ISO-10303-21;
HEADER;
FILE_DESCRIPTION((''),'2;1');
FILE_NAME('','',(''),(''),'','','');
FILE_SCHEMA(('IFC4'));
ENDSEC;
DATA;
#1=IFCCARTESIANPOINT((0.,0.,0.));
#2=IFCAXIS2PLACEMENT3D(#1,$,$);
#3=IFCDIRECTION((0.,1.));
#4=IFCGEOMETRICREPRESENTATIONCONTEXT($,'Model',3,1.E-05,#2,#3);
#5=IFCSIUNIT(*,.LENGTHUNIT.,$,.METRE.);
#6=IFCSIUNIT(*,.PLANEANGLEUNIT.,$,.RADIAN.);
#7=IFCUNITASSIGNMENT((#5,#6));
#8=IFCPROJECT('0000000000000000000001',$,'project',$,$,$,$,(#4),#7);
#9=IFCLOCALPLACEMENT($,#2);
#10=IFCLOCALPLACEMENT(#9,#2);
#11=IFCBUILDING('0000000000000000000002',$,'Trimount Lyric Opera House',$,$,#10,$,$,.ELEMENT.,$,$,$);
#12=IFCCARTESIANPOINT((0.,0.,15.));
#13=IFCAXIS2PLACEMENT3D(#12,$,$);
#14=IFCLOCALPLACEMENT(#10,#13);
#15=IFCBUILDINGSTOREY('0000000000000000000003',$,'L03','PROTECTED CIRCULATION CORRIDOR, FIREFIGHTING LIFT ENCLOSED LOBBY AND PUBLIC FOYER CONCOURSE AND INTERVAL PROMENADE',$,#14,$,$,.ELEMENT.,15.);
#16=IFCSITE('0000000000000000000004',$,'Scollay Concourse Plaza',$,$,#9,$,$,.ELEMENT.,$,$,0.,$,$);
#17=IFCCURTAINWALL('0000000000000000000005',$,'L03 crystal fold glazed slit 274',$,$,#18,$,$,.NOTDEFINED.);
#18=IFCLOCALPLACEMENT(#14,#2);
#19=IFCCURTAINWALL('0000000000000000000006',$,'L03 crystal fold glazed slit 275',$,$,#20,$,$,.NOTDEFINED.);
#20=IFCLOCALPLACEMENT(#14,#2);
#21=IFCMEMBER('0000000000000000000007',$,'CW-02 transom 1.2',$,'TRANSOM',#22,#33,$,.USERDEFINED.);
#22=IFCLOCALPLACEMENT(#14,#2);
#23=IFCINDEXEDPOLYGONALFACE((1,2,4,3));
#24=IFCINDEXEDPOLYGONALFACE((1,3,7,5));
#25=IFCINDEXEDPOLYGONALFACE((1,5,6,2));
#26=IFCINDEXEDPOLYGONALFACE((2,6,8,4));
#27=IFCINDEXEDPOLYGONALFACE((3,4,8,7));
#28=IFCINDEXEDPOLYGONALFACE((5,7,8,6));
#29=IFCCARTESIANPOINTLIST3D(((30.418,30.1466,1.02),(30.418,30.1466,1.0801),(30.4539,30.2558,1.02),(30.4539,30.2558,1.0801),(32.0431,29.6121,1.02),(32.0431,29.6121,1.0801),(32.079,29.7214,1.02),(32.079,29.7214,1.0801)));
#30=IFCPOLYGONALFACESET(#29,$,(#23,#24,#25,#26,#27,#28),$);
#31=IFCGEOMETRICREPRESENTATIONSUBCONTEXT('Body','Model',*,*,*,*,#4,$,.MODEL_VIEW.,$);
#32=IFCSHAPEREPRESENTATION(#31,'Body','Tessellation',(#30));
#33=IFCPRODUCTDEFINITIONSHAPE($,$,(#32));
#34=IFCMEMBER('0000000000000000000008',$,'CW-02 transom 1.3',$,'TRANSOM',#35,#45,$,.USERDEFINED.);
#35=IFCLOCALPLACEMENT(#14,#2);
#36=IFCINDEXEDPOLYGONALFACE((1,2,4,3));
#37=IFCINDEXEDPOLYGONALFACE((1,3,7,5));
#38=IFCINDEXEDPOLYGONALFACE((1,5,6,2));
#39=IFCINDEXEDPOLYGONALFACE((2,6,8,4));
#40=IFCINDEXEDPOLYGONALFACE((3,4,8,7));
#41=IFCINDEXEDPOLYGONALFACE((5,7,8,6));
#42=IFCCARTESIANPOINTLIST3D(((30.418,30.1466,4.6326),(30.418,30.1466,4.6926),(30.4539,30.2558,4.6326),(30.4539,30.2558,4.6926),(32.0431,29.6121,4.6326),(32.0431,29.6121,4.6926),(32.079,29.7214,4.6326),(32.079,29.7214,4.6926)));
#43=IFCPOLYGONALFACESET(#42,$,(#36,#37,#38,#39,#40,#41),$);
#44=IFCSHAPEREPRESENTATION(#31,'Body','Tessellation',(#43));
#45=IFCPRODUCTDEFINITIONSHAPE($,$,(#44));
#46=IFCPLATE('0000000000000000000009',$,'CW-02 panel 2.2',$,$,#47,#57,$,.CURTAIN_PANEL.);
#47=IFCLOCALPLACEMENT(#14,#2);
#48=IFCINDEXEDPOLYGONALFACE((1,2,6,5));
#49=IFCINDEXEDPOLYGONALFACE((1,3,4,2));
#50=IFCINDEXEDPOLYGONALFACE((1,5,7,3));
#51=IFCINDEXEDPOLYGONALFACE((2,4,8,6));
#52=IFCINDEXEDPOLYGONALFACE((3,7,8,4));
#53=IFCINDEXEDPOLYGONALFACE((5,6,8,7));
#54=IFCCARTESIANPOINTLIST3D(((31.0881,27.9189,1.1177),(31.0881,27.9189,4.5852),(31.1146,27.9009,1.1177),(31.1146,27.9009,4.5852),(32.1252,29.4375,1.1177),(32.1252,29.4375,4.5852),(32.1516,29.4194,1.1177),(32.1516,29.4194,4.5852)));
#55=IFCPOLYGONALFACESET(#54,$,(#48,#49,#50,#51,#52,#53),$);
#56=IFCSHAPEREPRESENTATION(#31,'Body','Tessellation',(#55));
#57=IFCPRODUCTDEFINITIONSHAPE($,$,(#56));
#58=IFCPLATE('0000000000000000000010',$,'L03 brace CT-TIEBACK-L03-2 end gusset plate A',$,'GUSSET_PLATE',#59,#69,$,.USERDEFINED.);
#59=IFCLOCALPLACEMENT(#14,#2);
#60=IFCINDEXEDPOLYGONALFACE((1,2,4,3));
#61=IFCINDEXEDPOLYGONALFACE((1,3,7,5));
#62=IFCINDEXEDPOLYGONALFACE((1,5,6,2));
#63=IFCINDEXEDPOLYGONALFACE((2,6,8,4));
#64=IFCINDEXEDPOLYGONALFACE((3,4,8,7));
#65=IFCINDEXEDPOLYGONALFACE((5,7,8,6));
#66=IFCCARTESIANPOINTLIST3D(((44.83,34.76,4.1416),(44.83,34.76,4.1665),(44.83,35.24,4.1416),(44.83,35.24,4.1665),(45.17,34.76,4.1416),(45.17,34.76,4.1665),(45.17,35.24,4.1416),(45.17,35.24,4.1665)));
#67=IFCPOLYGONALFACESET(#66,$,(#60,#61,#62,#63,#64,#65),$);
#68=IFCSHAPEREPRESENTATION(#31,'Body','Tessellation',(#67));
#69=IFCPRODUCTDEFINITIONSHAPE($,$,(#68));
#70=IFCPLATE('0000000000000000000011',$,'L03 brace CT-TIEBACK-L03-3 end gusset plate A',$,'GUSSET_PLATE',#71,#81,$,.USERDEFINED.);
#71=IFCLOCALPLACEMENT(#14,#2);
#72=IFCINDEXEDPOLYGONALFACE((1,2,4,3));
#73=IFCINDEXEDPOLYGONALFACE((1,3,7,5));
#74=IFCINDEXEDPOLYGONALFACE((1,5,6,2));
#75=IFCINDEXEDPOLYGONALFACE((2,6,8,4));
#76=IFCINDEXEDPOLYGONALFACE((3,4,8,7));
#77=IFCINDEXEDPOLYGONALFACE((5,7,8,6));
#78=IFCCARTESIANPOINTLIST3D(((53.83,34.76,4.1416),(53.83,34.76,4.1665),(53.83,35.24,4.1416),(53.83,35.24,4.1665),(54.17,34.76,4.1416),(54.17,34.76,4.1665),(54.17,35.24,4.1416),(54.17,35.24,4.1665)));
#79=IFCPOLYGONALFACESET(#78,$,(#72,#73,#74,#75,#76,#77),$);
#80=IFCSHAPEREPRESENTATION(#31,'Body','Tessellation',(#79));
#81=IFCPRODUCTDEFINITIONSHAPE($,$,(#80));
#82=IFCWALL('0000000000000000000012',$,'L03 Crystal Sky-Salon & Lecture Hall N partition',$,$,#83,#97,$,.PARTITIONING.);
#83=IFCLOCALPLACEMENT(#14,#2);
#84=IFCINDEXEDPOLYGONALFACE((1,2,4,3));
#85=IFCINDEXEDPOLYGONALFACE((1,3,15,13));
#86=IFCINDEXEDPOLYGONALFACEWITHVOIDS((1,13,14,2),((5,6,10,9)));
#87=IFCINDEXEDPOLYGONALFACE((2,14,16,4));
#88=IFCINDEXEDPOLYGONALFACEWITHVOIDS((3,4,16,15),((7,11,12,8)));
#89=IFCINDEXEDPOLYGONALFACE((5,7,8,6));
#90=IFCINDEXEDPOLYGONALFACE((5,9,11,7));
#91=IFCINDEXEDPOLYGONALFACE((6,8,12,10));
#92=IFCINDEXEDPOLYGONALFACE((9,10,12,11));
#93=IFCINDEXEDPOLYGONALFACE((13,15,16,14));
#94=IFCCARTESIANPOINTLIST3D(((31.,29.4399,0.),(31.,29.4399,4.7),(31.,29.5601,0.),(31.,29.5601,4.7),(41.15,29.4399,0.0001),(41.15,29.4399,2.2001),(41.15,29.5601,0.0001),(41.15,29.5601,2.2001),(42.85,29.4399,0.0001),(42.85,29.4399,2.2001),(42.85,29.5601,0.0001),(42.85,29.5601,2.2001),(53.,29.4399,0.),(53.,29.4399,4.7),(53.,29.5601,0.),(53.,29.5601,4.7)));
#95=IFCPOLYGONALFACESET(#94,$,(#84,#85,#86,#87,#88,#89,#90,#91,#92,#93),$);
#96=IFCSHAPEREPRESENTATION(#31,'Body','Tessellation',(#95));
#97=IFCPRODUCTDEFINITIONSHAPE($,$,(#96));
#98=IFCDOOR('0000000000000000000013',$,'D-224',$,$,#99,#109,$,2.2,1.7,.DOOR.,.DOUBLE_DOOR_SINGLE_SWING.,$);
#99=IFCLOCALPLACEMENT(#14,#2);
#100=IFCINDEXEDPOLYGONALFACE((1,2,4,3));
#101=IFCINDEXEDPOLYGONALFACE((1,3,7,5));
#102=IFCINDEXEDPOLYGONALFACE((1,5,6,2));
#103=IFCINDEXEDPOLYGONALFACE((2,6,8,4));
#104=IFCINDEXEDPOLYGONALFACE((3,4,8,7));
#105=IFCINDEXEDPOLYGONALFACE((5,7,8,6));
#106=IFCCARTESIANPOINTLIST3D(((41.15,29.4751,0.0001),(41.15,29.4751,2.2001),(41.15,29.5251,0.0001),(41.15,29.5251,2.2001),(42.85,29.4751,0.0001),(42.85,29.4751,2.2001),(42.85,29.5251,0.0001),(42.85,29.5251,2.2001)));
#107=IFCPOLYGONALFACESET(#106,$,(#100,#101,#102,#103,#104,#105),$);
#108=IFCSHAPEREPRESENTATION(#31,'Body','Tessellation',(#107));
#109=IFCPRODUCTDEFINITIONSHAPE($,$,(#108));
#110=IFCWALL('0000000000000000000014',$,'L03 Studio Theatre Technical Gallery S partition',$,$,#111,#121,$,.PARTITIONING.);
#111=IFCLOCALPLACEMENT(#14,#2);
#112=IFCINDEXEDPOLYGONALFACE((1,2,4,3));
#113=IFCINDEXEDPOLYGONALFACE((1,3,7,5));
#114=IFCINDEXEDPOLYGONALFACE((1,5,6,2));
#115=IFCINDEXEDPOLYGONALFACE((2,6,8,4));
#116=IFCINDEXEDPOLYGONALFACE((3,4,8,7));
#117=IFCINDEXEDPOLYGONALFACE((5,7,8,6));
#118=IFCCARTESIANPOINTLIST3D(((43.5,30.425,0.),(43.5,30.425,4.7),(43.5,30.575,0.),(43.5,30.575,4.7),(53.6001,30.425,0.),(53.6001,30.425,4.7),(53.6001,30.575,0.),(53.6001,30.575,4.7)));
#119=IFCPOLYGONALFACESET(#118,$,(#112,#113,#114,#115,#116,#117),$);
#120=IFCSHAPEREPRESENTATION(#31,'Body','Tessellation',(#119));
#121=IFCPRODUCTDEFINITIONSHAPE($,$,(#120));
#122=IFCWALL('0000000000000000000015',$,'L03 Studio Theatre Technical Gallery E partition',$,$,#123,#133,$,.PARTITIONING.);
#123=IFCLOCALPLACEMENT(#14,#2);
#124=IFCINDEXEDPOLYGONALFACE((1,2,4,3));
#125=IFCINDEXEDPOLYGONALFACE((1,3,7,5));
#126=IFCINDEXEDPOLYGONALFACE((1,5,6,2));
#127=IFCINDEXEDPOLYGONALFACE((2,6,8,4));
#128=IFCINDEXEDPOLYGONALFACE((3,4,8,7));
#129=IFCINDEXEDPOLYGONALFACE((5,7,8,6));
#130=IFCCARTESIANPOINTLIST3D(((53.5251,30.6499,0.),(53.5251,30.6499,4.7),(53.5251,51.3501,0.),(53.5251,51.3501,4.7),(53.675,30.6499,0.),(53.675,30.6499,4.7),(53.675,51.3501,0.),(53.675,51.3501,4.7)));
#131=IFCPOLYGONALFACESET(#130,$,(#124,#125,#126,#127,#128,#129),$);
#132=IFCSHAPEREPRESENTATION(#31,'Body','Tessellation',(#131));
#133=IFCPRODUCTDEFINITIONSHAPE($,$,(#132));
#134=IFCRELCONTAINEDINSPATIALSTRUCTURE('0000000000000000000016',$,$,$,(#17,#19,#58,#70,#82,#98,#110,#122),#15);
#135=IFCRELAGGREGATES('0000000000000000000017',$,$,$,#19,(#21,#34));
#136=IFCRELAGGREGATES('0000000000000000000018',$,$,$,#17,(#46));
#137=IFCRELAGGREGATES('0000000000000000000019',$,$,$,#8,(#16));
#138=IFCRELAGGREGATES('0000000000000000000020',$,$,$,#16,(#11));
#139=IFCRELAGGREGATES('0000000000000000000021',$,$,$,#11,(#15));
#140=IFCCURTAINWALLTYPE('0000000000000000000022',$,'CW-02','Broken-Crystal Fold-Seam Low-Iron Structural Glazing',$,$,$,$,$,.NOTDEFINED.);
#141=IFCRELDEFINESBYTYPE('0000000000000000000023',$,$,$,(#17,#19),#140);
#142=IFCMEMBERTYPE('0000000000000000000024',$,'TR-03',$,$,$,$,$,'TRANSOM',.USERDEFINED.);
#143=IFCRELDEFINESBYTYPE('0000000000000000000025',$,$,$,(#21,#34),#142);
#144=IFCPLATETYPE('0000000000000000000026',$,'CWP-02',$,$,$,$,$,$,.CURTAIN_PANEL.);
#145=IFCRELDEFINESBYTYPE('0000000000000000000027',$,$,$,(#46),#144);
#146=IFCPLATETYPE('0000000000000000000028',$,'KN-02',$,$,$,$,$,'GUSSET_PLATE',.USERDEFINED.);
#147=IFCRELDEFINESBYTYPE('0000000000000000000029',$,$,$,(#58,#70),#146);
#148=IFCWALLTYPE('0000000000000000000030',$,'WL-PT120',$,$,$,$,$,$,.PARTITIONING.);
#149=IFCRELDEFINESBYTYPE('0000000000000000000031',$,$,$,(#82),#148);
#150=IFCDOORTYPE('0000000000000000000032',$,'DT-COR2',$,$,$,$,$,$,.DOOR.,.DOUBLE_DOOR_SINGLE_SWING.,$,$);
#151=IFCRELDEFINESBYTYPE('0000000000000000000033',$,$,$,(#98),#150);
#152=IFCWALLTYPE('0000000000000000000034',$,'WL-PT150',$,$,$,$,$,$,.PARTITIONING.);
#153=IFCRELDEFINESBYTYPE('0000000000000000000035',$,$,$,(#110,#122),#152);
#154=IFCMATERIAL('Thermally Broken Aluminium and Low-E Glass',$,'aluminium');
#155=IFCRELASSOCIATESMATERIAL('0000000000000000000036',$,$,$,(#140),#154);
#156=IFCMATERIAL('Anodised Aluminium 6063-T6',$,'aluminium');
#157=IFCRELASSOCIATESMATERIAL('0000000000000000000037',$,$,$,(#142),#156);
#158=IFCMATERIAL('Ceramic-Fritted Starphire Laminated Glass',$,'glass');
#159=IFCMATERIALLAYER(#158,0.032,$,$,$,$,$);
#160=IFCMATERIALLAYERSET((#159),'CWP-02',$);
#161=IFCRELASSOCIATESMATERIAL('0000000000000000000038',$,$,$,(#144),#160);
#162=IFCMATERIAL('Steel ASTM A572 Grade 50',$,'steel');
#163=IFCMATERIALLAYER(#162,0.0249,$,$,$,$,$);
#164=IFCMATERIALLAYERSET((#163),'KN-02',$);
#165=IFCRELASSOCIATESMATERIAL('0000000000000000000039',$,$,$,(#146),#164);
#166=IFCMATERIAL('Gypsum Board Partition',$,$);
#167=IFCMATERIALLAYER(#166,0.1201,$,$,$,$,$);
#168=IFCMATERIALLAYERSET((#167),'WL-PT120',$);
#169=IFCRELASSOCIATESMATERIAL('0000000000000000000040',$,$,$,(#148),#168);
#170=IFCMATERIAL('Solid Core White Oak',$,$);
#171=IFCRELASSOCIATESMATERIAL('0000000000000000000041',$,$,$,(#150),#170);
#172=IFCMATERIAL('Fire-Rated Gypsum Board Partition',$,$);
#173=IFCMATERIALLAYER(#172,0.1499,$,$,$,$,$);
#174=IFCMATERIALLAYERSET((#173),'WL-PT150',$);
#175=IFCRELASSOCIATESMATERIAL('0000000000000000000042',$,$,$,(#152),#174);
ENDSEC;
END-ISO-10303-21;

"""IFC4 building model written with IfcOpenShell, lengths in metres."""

from ifc_helpers import new_model, si_unit, direction, frame, frame_2d, origin, origin_2d, place, context, subcontext, project, spatial, rectangle, extrude, material, layer, layer_set, material_profile, profile_set, type_object, element, fill, aggregate, save


model = new_model("IFC4")

# Units and contexts
model_context = context("Model", 3, precision=1e-05, world=origin(), true_north=direction((0.0, 1.0)))
body_context = subcontext(model_context, "Body", "Model", "MODEL_VIEW")
ifc_project = project(units=[si_unit("LENGTHUNIT", "METRE"), si_unit("PLANEANGLEUNIT", "RADIAN")], contexts=[model_context])

# Site, building, storey
site_placement = place(None, origin())
site = spatial("IfcSite", under=ifc_project, at=site_placement, Name="Scollay Concourse Plaza", CompositionType="ELEMENT", RefElevation=0.0)
building_placement = place(site_placement, origin())
building = spatial("IfcBuilding", under=site, at=building_placement, Name="Trimount Lyric Opera House", CompositionType="ELEMENT")
storey_placement = place(building_placement, frame((0.0, 0.0, 15.0)))
storey = spatial("IfcBuildingStorey", under=building, at=storey_placement, Name="L03", Description="PROTECTED CIRCULATION CORRIDOR, FIREFIGHTING LIFT ENCLOSED LOBBY AND PUBLIC FOYER CONCOURSE AND INTERVAL PROMENADE", CompositionType="ELEMENT", Elevation=15.0)

# Curtain walls
ifc_material_1 = material(Name="Thermally Broken Aluminium and Low-E Glass", Category="aluminium")
curtain_wall_type = type_object("IfcCurtainWallType", Name="CW-02", Description="Broken-Crystal Fold-Seam Low-Iron Structural Glazing", PredefinedType="NOTDEFINED", material=ifc_material_1)
curtain_wall_1_placement = place(storey_placement, origin())
curtain_wall_1 = element("IfcCurtainWall", 1, at=curtain_wall_1_placement, inside=storey, type_object=curtain_wall_type, Name="L03 crystal fold glazed slit 274", PredefinedType="NOTDEFINED")
curtain_wall_2_placement = place(storey_placement, origin())
curtain_wall_2 = element("IfcCurtainWall", 2, at=curtain_wall_2_placement, inside=storey, type_object=curtain_wall_type, Name="L03 crystal fold glazed slit 275", PredefinedType="NOTDEFINED")

# Members
ifc_material_2 = material(Name="Anodised Aluminium 6063-T6", Category="aluminium")
ifc_material_profile_1 = material_profile(ifc_material_2, rectangle(XDim=0.115, YDim=0.0601, at=origin_2d()), Name="ALU-TRAN-60X115")
ifc_profile_set_1 = profile_set([ifc_material_profile_1], Name="Anodised Aluminium 6063-T6")
member_type_1 = type_object("IfcMemberType", Name="TR-03", ElementType="TRANSOM", PredefinedType="USERDEFINED", material=ifc_profile_set_1)
member_1_placement = place(storey_placement, frame((32.061, 29.6667, 1.05), z_axis=(-0.949946, 0.312415, 0.0), x_axis=(-0.312415, -0.949946, 0.0)))
member_1 = element("IfcMember", 3, at=member_1_placement, type_object=member_type_1, Name="CW-02 transom 1.2", ObjectType="TRANSOM", PredefinedType="USERDEFINED", context=body_context, shape_type="SweptSolid", body=[
    extrude(rectangle(XDim=0.115, YDim=0.0601, at=origin_2d()), origin(), (0.0, 0.0, 1.0), 1.7107),
])
member_2_placement = place(storey_placement, frame((32.061, 29.6667, 4.6626), z_axis=(-0.949946, 0.312415, 0.0), x_axis=(-0.312415, -0.949946, 0.0)))
member_2 = element("IfcMember", 4, at=member_2_placement, type_object=member_type_1, Name="CW-02 transom 1.3", ObjectType="TRANSOM", PredefinedType="USERDEFINED", context=body_context, shape_type="SweptSolid", body=[
    extrude(rectangle(XDim=0.115, YDim=0.0601, at=origin_2d()), origin(), (0.0, 0.0, 1.0), 1.7107),
])
aggregate(curtain_wall_2, [member_1, member_2])

# Plate
ifc_material_3 = material(Name="Ceramic-Fritted Starphire Laminated Glass", Category="glass")
ifc_layer_1 = layer(ifc_material_3, 0.032)
ifc_layer_set_1 = layer_set([ifc_layer_1], Name="CWP-02")
plate_type_1 = type_object("IfcPlateType", Name="CWP-02", PredefinedType="CURTAIN_PANEL", material=ifc_layer_set_1)
plate_placement = place(storey_placement, frame((31.6199, 28.6692, 1.1177), z_axis=(0.0, 0.0, 1.0), x_axis=(0.563962, 0.825801, 0.0)))
plate = element("IfcPlate", 5, at=plate_placement, type_object=plate_type_1, Name="CW-02 panel 2.2", PredefinedType="CURTAIN_PANEL", context=body_context, shape_type="SweptSolid", body=[
    extrude(rectangle(XDim=1.8389, YDim=0.032, at=origin_2d()), origin(), (0.0, 0.0, 1.0), 3.4675),
])
aggregate(curtain_wall_1, [plate])

# Plates
ifc_material_4 = material(Name="Steel ASTM A572 Grade 50", Category="steel")
ifc_layer_2 = layer(ifc_material_4, 0.0249)
ifc_layer_set_2 = layer_set([ifc_layer_2], Name="KN-02")
plate_type_2 = type_object("IfcPlateType", Name="KN-02", ElementType="GUSSET_PLATE", PredefinedType="USERDEFINED", material=ifc_layer_set_2)
for number, where, z_axis, x_axis, name in (
    (6, (45.0, 35.0, 4.1416), (0.0, 0.0, 1.0), (0.0, -1.0, 0.0), "L03 brace CT-TIEBACK-L03-2 end gusset plate A"),
    (7, (54.0, 35.0, 4.1416), (0.0, 0.0, 1.0), (0.0, -1.0, 0.0), "L03 brace CT-TIEBACK-L03-3 end gusset plate A"),
):
    element("IfcPlate", number, at=place(storey_placement, frame(where, z_axis=z_axis, x_axis=x_axis)), inside=storey, type_object=plate_type_2, Name=name, ObjectType="GUSSET_PLATE", PredefinedType="USERDEFINED", context=body_context, shape_type="SweptSolid", body=[
        extrude(rectangle(XDim=0.48, YDim=0.3401, at=origin_2d()), origin(), (0.0, 0.0, 1.0), 0.0249),
    ])

# Wall, opening, door
ifc_material_5 = material(Name="Gypsum Board Partition")
ifc_layer_3 = layer(ifc_material_5, 0.1201)
ifc_layer_set_3 = layer_set([ifc_layer_3], Name="WL-PT120")
wall_type_1 = type_object("IfcWallType", Name="WL-PT120", PredefinedType="PARTITIONING", material=ifc_layer_set_3)
wall_1_placement = place(storey_placement, frame((53.0, 29.5, 0.0), z_axis=(0.0, 0.0, 1.0), x_axis=(-1.0, 0.0, 0.0)))
wall_1 = element("IfcWall", 8, at=wall_1_placement, inside=storey, type_object=wall_type_1, Name="L03 Crystal Sky-Salon & Lecture Hall N partition", PredefinedType="PARTITIONING", context=body_context, shape_type="SweptSolid", body=[
    extrude(rectangle(XDim=22.0, YDim=0.1201, at=frame_2d((11.0, 0.0))), origin(), (0.0, 0.0, 1.0), 4.7),
])
opening_placement = place(wall_1_placement, frame((10.1499, 0.0, 0.0)))
opening = element("IfcOpeningElement", 9, at=opening_placement, cuts=wall_1, PredefinedType="OPENING", context=body_context, shape_type="SweptSolid", body=[
    extrude(rectangle(XDim=1.7, YDim=2.2, at=frame_2d((0.8501, 1.1001))), frame((0.0, 0.0701, 0.0), z_axis=(0.0, -1.0, 0.0), x_axis=(1.0, 0.0, 0.0)), (0.0, 0.0, 1.0), 0.1401),
])
ifc_material_6 = material(Name="Solid Core White Oak")
door_type = type_object("IfcDoorType", Name="DT-COR2", OperationType="DOUBLE_DOOR_SINGLE_SWING", PredefinedType="DOOR", material=ifc_material_6)
door_placement = place(opening_placement, origin())
door = element("IfcDoor", 10, at=door_placement, inside=storey, type_object=door_type, Name="D-224", OperationType="DOUBLE_DOOR_SINGLE_SWING", OverallHeight=2.2, OverallWidth=1.7, PredefinedType="DOOR", context=body_context, shape_type="SweptSolid", body=[
    extrude(rectangle(XDim=1.7, YDim=2.2, at=frame_2d((0.8501, 1.1001))), frame((0.0, 0.0249, 0.0), z_axis=(0.0, -1.0, 0.0), x_axis=(1.0, 0.0, 0.0)), (0.0, 0.0, 1.0), 0.05),
])
fill(opening, door)

# Walls
ifc_material_7 = material(Name="Fire-Rated Gypsum Board Partition")
ifc_layer_4 = layer(ifc_material_7, 0.1499)
ifc_layer_set_4 = layer_set([ifc_layer_4], Name="WL-PT150")
wall_type_2 = type_object("IfcWallType", Name="WL-PT150", PredefinedType="PARTITIONING", material=ifc_layer_set_4)
wall_2_placement = place(storey_placement, frame((43.5, 30.5, 0.0), z_axis=(0.0, 0.0, 1.0), x_axis=(1.0, 0.0, 0.0)))
element("IfcWall", 11, at=wall_2_placement, inside=storey, type_object=wall_type_2, Name="L03 Studio Theatre Technical Gallery S partition", PredefinedType="PARTITIONING", context=body_context, shape_type="SweptSolid", body=[
    extrude(rectangle(XDim=10.1001, YDim=0.1499, at=frame_2d((5.05, 0.0))), origin(), (0.0, 0.0, 1.0), 4.7),
])
wall_3_placement = place(storey_placement, frame((53.6001, 30.6499, 0.0), z_axis=(0.0, 0.0, 1.0), x_axis=(0.0, 1.0, 0.0)))
element("IfcWall", 12, at=wall_3_placement, inside=storey, type_object=wall_type_2, Name="L03 Studio Theatre Technical Gallery E partition", PredefinedType="PARTITIONING", context=body_context, shape_type="SweptSolid", body=[
    extrude(rectangle(XDim=20.7002, YDim=0.1499, at=frame_2d((10.3501, 0.0))), origin(), (0.0, 0.0, 1.0), 4.7),
])

save(model, "model.ifc")
